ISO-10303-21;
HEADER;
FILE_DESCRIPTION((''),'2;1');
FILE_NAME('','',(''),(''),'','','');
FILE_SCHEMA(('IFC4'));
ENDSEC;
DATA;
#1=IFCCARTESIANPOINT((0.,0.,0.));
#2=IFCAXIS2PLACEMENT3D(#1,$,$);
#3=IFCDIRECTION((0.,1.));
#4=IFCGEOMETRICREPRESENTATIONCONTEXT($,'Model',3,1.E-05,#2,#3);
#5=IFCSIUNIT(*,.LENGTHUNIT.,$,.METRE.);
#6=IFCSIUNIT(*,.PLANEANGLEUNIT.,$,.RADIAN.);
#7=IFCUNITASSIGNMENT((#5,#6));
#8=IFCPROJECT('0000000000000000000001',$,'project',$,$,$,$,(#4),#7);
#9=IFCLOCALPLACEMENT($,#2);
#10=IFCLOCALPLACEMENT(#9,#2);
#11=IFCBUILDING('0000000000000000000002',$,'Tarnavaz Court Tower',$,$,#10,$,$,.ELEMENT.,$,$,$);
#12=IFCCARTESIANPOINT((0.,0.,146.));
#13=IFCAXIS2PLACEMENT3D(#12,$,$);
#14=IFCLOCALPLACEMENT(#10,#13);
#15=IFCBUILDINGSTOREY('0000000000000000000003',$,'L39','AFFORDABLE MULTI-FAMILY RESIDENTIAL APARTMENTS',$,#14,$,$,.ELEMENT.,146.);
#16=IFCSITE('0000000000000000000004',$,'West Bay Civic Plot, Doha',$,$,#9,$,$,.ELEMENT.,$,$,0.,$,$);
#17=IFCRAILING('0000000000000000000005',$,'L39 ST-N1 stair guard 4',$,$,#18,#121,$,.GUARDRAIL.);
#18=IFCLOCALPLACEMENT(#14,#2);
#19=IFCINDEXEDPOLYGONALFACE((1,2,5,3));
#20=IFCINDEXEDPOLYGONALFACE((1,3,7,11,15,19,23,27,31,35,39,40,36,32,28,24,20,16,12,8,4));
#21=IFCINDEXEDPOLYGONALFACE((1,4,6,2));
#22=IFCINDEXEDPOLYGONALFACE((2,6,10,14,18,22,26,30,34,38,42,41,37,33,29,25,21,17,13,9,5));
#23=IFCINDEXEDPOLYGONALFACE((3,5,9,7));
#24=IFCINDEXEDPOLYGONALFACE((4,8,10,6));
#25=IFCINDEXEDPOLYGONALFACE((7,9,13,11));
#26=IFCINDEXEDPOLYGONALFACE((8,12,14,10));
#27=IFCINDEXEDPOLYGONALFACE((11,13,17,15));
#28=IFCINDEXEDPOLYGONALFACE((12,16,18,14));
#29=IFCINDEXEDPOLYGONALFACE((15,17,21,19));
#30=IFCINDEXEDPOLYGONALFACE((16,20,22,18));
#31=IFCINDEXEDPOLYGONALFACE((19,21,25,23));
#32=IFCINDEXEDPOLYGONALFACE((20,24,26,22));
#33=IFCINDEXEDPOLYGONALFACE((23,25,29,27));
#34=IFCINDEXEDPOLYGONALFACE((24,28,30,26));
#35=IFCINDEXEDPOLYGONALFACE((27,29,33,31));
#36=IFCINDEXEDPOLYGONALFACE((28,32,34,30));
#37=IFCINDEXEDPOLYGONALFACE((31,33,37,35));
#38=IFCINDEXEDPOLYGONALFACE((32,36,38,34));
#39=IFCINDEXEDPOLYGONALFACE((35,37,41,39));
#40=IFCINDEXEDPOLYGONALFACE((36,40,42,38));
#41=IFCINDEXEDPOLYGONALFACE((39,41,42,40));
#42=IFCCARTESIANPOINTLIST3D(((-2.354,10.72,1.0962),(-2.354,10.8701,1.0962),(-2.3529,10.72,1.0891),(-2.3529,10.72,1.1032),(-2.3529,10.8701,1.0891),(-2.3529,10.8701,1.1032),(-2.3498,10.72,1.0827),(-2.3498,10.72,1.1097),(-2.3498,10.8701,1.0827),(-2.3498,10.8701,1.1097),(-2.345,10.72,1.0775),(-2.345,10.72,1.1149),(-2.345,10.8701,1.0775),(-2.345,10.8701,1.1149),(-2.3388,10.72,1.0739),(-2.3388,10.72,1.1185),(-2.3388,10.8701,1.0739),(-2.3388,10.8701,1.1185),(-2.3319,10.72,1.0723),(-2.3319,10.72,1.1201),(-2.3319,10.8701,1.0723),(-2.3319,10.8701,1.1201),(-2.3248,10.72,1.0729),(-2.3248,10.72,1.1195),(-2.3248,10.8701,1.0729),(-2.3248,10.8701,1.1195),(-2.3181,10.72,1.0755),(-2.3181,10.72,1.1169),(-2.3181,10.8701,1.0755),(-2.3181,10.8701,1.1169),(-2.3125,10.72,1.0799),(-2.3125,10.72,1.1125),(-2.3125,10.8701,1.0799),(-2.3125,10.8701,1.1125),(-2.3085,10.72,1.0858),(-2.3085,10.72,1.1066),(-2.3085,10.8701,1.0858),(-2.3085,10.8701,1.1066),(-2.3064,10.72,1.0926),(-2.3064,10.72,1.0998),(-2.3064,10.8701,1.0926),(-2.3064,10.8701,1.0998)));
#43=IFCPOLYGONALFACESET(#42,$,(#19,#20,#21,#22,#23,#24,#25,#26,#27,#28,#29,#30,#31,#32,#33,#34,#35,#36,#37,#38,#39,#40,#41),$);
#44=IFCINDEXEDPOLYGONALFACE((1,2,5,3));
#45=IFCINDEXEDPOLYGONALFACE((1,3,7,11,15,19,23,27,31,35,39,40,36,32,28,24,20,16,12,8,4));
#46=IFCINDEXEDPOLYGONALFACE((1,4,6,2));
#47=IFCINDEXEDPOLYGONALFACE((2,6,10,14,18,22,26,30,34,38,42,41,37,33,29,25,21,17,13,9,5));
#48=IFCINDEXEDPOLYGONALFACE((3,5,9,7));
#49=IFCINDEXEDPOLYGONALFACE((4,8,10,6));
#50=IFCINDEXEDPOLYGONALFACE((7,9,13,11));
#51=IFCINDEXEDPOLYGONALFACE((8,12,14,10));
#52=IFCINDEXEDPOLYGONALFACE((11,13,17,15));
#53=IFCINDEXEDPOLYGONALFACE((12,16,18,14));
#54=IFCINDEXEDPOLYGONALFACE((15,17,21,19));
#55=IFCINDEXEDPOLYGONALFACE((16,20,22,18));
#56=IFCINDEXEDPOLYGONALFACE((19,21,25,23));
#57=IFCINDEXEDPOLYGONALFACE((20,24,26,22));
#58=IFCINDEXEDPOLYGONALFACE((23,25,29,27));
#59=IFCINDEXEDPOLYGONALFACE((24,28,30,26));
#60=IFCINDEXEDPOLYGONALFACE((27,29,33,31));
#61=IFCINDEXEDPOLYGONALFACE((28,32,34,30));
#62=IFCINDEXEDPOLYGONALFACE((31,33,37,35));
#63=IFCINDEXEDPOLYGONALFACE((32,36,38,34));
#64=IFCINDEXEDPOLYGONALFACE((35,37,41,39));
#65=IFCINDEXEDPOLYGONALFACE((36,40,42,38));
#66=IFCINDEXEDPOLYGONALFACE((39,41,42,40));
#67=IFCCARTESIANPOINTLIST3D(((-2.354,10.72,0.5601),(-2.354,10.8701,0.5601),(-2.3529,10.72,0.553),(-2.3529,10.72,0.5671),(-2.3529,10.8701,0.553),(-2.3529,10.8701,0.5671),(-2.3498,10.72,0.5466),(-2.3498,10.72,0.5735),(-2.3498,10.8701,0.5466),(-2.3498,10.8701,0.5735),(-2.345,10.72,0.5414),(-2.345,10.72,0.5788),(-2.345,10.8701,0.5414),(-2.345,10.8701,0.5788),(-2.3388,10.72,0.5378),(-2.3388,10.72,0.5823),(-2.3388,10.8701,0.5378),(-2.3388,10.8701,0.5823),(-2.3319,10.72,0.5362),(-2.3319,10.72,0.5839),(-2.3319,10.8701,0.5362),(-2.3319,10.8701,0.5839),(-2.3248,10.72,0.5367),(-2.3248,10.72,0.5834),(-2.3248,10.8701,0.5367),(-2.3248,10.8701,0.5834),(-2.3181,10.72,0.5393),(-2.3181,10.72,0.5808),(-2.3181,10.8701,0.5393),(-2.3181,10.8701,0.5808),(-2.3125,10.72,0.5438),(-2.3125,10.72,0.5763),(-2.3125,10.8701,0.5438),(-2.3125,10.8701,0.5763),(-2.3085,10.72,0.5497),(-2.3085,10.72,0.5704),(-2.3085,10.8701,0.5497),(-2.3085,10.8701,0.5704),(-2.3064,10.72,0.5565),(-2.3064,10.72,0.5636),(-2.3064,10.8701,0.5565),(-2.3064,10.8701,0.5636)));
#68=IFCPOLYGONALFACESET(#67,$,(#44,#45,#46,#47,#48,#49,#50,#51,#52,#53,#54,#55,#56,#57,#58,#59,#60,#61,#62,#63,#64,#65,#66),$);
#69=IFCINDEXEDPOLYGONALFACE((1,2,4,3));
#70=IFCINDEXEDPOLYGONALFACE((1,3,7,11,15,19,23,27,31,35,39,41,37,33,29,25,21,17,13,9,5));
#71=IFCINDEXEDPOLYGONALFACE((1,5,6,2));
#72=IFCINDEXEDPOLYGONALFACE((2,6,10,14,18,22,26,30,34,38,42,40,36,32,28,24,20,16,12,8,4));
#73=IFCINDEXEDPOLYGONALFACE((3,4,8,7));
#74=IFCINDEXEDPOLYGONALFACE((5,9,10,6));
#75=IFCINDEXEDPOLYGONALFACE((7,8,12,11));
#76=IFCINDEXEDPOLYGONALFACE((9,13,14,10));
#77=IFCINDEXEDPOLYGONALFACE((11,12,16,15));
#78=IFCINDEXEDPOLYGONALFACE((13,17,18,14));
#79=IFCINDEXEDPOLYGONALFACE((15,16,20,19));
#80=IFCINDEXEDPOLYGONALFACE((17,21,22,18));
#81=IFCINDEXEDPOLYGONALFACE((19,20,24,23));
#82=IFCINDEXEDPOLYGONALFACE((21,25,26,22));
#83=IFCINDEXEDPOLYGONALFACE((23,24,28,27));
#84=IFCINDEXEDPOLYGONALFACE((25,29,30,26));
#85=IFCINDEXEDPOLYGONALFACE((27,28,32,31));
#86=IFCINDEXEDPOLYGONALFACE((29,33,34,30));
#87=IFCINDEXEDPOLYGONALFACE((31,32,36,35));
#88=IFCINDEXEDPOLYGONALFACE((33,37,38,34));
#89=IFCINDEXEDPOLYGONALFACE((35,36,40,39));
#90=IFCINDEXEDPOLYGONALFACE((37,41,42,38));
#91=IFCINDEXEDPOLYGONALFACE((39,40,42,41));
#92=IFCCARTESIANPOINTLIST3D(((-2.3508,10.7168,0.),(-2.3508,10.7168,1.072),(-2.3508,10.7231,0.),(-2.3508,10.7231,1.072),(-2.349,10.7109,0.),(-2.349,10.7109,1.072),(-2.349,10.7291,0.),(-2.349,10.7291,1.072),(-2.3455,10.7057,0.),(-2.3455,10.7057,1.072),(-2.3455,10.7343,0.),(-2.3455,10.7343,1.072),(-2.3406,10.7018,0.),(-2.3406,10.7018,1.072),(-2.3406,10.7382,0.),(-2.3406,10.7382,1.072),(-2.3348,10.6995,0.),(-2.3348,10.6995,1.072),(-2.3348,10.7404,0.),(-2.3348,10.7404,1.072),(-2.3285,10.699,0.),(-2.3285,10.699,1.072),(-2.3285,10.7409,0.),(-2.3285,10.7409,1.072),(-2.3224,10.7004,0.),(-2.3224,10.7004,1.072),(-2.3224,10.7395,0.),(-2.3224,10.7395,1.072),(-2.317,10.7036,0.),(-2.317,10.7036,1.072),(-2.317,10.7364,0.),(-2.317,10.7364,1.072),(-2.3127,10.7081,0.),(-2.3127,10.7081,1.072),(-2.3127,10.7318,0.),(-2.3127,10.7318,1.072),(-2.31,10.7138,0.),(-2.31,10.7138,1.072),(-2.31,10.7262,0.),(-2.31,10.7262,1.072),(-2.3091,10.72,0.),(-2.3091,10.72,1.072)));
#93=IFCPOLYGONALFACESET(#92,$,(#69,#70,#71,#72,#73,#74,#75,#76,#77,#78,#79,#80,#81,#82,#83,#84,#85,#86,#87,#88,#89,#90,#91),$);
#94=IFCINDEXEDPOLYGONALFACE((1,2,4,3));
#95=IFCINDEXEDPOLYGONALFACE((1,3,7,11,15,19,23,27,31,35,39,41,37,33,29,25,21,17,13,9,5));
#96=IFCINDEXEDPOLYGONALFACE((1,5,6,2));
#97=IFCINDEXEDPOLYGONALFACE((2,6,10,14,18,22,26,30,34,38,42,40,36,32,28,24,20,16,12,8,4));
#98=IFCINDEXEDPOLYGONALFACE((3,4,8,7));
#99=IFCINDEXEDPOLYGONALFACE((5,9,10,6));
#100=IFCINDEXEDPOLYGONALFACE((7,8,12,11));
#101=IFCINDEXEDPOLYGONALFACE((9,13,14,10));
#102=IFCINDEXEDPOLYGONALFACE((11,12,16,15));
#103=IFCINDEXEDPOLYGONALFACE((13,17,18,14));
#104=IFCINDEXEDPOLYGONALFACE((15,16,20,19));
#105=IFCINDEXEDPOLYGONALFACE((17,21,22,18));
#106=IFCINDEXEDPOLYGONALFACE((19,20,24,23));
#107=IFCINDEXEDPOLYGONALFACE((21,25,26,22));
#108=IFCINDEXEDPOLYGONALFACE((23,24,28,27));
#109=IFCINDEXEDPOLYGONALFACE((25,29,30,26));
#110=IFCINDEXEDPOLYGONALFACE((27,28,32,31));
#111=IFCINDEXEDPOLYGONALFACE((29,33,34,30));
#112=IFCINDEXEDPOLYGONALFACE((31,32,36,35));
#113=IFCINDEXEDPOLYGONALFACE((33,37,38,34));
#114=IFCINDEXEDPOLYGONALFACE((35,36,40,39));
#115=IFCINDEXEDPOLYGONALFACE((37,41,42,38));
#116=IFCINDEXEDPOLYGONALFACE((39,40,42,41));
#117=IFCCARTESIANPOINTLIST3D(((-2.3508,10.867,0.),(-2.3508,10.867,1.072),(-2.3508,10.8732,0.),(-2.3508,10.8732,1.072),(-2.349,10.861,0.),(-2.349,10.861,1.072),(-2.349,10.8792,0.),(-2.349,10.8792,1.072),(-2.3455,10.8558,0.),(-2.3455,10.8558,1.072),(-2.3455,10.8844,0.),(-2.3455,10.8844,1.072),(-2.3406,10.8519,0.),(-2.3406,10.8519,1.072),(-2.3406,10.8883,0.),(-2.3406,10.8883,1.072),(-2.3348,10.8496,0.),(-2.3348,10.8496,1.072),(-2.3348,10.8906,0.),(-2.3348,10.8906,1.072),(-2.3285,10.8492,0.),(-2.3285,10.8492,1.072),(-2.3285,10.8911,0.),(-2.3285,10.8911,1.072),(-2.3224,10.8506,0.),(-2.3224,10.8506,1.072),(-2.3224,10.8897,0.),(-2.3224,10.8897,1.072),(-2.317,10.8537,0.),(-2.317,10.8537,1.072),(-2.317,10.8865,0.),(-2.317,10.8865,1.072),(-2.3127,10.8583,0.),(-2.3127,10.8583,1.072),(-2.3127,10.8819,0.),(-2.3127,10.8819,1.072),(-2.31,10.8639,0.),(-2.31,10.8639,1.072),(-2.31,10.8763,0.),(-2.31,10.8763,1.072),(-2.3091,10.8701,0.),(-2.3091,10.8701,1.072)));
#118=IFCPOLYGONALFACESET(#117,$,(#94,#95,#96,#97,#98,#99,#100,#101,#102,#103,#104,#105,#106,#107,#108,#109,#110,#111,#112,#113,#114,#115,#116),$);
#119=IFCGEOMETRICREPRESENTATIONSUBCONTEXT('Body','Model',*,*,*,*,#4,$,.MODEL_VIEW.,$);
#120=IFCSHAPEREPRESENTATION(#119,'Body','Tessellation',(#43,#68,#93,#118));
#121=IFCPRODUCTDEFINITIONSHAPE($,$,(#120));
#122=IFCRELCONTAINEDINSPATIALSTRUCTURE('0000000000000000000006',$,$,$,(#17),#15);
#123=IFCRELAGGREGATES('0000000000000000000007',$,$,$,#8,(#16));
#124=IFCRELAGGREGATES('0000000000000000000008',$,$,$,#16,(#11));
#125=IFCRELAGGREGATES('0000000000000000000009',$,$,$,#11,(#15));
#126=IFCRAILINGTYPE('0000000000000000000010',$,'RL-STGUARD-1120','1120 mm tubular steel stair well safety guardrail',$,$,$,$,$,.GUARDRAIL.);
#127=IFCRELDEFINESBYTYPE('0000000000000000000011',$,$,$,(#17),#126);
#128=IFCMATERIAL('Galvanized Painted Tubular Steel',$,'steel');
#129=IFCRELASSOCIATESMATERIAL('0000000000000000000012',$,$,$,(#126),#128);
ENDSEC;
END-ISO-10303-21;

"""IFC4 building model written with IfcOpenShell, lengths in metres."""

from ifc_helpers import new_model, si_unit, direction, frame, origin, origin_2d, place, context, subcontext, project, spatial, circle, extrude, material, type_object, element, save


model = new_model("IFC4")

# Units and contexts
model_context = context("Model", 3, precision=1e-05, world=origin(), true_north=direction((0.0, 1.0)))
body_context = subcontext(model_context, "Body", "Model", "MODEL_VIEW")
ifc_project = project(units=[si_unit("LENGTHUNIT", "METRE"), si_unit("PLANEANGLEUNIT", "RADIAN")], contexts=[model_context])

# Site, building, storey
site_placement = place(None, origin())
site = spatial("IfcSite", under=ifc_project, at=site_placement, Name="West Bay Civic Plot, Doha", CompositionType="ELEMENT", RefElevation=0.0)
building_placement = place(site_placement, origin())
building = spatial("IfcBuilding", under=site, at=building_placement, Name="Tarnavaz Court Tower", CompositionType="ELEMENT")
storey_placement = place(building_placement, frame((0.0, 0.0, 146.0)))
storey = spatial("IfcBuildingStorey", under=building, at=storey_placement, Name="L39", Description="AFFORDABLE MULTI-FAMILY RESIDENTIAL APARTMENTS", CompositionType="ELEMENT", Elevation=146.0)

# Railing
ifc_material_1 = material(Name="Galvanized Painted Tubular Steel", Category="steel")
railing_type_1 = type_object("IfcRailingType", Name="RL-STGUARD-1120", Description="1120 mm tubular steel stair well safety guardrail", PredefinedType="GUARDRAIL", material=ifc_material_1)
railing_1_placement = place(storey_placement, frame((-2.3301, 10.72, 0.0)))
element("IfcRailing", 1, at=railing_1_placement, inside=storey, type_object=railing_type_1, Name="L39 ST-N1 stair guard 4", PredefinedType="GUARDRAIL", context=body_context, shape_type="SweptSolid", body=[
    extrude(circle(Radius=0.0239, at=origin_2d()), frame((0.0, 0.0, 1.0962), z_axis=(0.0, 1.0, 0.0), x_axis=(-1.0, 0.0, 0.0)), (0.0, 0.0, 1.0), 0.1501),
    extrude(circle(Radius=0.0239, at=origin_2d()), frame((0.0, 0.0, 0.5601), z_axis=(0.0, 1.0, 0.0), x_axis=(-1.0, 0.0, 0.0)), (0.0, 0.0, 1.0), 0.1501),
    extrude(circle(Radius=0.021, at=origin_2d()), origin(), (0.0, 0.0, 1.0), 1.072),
    extrude(circle(Radius=0.021, at=origin_2d()), frame((0.0, 0.1501, 0.0)), (0.0, 0.0, 1.0), 1.072),
])

save(model, "model.ifc")
